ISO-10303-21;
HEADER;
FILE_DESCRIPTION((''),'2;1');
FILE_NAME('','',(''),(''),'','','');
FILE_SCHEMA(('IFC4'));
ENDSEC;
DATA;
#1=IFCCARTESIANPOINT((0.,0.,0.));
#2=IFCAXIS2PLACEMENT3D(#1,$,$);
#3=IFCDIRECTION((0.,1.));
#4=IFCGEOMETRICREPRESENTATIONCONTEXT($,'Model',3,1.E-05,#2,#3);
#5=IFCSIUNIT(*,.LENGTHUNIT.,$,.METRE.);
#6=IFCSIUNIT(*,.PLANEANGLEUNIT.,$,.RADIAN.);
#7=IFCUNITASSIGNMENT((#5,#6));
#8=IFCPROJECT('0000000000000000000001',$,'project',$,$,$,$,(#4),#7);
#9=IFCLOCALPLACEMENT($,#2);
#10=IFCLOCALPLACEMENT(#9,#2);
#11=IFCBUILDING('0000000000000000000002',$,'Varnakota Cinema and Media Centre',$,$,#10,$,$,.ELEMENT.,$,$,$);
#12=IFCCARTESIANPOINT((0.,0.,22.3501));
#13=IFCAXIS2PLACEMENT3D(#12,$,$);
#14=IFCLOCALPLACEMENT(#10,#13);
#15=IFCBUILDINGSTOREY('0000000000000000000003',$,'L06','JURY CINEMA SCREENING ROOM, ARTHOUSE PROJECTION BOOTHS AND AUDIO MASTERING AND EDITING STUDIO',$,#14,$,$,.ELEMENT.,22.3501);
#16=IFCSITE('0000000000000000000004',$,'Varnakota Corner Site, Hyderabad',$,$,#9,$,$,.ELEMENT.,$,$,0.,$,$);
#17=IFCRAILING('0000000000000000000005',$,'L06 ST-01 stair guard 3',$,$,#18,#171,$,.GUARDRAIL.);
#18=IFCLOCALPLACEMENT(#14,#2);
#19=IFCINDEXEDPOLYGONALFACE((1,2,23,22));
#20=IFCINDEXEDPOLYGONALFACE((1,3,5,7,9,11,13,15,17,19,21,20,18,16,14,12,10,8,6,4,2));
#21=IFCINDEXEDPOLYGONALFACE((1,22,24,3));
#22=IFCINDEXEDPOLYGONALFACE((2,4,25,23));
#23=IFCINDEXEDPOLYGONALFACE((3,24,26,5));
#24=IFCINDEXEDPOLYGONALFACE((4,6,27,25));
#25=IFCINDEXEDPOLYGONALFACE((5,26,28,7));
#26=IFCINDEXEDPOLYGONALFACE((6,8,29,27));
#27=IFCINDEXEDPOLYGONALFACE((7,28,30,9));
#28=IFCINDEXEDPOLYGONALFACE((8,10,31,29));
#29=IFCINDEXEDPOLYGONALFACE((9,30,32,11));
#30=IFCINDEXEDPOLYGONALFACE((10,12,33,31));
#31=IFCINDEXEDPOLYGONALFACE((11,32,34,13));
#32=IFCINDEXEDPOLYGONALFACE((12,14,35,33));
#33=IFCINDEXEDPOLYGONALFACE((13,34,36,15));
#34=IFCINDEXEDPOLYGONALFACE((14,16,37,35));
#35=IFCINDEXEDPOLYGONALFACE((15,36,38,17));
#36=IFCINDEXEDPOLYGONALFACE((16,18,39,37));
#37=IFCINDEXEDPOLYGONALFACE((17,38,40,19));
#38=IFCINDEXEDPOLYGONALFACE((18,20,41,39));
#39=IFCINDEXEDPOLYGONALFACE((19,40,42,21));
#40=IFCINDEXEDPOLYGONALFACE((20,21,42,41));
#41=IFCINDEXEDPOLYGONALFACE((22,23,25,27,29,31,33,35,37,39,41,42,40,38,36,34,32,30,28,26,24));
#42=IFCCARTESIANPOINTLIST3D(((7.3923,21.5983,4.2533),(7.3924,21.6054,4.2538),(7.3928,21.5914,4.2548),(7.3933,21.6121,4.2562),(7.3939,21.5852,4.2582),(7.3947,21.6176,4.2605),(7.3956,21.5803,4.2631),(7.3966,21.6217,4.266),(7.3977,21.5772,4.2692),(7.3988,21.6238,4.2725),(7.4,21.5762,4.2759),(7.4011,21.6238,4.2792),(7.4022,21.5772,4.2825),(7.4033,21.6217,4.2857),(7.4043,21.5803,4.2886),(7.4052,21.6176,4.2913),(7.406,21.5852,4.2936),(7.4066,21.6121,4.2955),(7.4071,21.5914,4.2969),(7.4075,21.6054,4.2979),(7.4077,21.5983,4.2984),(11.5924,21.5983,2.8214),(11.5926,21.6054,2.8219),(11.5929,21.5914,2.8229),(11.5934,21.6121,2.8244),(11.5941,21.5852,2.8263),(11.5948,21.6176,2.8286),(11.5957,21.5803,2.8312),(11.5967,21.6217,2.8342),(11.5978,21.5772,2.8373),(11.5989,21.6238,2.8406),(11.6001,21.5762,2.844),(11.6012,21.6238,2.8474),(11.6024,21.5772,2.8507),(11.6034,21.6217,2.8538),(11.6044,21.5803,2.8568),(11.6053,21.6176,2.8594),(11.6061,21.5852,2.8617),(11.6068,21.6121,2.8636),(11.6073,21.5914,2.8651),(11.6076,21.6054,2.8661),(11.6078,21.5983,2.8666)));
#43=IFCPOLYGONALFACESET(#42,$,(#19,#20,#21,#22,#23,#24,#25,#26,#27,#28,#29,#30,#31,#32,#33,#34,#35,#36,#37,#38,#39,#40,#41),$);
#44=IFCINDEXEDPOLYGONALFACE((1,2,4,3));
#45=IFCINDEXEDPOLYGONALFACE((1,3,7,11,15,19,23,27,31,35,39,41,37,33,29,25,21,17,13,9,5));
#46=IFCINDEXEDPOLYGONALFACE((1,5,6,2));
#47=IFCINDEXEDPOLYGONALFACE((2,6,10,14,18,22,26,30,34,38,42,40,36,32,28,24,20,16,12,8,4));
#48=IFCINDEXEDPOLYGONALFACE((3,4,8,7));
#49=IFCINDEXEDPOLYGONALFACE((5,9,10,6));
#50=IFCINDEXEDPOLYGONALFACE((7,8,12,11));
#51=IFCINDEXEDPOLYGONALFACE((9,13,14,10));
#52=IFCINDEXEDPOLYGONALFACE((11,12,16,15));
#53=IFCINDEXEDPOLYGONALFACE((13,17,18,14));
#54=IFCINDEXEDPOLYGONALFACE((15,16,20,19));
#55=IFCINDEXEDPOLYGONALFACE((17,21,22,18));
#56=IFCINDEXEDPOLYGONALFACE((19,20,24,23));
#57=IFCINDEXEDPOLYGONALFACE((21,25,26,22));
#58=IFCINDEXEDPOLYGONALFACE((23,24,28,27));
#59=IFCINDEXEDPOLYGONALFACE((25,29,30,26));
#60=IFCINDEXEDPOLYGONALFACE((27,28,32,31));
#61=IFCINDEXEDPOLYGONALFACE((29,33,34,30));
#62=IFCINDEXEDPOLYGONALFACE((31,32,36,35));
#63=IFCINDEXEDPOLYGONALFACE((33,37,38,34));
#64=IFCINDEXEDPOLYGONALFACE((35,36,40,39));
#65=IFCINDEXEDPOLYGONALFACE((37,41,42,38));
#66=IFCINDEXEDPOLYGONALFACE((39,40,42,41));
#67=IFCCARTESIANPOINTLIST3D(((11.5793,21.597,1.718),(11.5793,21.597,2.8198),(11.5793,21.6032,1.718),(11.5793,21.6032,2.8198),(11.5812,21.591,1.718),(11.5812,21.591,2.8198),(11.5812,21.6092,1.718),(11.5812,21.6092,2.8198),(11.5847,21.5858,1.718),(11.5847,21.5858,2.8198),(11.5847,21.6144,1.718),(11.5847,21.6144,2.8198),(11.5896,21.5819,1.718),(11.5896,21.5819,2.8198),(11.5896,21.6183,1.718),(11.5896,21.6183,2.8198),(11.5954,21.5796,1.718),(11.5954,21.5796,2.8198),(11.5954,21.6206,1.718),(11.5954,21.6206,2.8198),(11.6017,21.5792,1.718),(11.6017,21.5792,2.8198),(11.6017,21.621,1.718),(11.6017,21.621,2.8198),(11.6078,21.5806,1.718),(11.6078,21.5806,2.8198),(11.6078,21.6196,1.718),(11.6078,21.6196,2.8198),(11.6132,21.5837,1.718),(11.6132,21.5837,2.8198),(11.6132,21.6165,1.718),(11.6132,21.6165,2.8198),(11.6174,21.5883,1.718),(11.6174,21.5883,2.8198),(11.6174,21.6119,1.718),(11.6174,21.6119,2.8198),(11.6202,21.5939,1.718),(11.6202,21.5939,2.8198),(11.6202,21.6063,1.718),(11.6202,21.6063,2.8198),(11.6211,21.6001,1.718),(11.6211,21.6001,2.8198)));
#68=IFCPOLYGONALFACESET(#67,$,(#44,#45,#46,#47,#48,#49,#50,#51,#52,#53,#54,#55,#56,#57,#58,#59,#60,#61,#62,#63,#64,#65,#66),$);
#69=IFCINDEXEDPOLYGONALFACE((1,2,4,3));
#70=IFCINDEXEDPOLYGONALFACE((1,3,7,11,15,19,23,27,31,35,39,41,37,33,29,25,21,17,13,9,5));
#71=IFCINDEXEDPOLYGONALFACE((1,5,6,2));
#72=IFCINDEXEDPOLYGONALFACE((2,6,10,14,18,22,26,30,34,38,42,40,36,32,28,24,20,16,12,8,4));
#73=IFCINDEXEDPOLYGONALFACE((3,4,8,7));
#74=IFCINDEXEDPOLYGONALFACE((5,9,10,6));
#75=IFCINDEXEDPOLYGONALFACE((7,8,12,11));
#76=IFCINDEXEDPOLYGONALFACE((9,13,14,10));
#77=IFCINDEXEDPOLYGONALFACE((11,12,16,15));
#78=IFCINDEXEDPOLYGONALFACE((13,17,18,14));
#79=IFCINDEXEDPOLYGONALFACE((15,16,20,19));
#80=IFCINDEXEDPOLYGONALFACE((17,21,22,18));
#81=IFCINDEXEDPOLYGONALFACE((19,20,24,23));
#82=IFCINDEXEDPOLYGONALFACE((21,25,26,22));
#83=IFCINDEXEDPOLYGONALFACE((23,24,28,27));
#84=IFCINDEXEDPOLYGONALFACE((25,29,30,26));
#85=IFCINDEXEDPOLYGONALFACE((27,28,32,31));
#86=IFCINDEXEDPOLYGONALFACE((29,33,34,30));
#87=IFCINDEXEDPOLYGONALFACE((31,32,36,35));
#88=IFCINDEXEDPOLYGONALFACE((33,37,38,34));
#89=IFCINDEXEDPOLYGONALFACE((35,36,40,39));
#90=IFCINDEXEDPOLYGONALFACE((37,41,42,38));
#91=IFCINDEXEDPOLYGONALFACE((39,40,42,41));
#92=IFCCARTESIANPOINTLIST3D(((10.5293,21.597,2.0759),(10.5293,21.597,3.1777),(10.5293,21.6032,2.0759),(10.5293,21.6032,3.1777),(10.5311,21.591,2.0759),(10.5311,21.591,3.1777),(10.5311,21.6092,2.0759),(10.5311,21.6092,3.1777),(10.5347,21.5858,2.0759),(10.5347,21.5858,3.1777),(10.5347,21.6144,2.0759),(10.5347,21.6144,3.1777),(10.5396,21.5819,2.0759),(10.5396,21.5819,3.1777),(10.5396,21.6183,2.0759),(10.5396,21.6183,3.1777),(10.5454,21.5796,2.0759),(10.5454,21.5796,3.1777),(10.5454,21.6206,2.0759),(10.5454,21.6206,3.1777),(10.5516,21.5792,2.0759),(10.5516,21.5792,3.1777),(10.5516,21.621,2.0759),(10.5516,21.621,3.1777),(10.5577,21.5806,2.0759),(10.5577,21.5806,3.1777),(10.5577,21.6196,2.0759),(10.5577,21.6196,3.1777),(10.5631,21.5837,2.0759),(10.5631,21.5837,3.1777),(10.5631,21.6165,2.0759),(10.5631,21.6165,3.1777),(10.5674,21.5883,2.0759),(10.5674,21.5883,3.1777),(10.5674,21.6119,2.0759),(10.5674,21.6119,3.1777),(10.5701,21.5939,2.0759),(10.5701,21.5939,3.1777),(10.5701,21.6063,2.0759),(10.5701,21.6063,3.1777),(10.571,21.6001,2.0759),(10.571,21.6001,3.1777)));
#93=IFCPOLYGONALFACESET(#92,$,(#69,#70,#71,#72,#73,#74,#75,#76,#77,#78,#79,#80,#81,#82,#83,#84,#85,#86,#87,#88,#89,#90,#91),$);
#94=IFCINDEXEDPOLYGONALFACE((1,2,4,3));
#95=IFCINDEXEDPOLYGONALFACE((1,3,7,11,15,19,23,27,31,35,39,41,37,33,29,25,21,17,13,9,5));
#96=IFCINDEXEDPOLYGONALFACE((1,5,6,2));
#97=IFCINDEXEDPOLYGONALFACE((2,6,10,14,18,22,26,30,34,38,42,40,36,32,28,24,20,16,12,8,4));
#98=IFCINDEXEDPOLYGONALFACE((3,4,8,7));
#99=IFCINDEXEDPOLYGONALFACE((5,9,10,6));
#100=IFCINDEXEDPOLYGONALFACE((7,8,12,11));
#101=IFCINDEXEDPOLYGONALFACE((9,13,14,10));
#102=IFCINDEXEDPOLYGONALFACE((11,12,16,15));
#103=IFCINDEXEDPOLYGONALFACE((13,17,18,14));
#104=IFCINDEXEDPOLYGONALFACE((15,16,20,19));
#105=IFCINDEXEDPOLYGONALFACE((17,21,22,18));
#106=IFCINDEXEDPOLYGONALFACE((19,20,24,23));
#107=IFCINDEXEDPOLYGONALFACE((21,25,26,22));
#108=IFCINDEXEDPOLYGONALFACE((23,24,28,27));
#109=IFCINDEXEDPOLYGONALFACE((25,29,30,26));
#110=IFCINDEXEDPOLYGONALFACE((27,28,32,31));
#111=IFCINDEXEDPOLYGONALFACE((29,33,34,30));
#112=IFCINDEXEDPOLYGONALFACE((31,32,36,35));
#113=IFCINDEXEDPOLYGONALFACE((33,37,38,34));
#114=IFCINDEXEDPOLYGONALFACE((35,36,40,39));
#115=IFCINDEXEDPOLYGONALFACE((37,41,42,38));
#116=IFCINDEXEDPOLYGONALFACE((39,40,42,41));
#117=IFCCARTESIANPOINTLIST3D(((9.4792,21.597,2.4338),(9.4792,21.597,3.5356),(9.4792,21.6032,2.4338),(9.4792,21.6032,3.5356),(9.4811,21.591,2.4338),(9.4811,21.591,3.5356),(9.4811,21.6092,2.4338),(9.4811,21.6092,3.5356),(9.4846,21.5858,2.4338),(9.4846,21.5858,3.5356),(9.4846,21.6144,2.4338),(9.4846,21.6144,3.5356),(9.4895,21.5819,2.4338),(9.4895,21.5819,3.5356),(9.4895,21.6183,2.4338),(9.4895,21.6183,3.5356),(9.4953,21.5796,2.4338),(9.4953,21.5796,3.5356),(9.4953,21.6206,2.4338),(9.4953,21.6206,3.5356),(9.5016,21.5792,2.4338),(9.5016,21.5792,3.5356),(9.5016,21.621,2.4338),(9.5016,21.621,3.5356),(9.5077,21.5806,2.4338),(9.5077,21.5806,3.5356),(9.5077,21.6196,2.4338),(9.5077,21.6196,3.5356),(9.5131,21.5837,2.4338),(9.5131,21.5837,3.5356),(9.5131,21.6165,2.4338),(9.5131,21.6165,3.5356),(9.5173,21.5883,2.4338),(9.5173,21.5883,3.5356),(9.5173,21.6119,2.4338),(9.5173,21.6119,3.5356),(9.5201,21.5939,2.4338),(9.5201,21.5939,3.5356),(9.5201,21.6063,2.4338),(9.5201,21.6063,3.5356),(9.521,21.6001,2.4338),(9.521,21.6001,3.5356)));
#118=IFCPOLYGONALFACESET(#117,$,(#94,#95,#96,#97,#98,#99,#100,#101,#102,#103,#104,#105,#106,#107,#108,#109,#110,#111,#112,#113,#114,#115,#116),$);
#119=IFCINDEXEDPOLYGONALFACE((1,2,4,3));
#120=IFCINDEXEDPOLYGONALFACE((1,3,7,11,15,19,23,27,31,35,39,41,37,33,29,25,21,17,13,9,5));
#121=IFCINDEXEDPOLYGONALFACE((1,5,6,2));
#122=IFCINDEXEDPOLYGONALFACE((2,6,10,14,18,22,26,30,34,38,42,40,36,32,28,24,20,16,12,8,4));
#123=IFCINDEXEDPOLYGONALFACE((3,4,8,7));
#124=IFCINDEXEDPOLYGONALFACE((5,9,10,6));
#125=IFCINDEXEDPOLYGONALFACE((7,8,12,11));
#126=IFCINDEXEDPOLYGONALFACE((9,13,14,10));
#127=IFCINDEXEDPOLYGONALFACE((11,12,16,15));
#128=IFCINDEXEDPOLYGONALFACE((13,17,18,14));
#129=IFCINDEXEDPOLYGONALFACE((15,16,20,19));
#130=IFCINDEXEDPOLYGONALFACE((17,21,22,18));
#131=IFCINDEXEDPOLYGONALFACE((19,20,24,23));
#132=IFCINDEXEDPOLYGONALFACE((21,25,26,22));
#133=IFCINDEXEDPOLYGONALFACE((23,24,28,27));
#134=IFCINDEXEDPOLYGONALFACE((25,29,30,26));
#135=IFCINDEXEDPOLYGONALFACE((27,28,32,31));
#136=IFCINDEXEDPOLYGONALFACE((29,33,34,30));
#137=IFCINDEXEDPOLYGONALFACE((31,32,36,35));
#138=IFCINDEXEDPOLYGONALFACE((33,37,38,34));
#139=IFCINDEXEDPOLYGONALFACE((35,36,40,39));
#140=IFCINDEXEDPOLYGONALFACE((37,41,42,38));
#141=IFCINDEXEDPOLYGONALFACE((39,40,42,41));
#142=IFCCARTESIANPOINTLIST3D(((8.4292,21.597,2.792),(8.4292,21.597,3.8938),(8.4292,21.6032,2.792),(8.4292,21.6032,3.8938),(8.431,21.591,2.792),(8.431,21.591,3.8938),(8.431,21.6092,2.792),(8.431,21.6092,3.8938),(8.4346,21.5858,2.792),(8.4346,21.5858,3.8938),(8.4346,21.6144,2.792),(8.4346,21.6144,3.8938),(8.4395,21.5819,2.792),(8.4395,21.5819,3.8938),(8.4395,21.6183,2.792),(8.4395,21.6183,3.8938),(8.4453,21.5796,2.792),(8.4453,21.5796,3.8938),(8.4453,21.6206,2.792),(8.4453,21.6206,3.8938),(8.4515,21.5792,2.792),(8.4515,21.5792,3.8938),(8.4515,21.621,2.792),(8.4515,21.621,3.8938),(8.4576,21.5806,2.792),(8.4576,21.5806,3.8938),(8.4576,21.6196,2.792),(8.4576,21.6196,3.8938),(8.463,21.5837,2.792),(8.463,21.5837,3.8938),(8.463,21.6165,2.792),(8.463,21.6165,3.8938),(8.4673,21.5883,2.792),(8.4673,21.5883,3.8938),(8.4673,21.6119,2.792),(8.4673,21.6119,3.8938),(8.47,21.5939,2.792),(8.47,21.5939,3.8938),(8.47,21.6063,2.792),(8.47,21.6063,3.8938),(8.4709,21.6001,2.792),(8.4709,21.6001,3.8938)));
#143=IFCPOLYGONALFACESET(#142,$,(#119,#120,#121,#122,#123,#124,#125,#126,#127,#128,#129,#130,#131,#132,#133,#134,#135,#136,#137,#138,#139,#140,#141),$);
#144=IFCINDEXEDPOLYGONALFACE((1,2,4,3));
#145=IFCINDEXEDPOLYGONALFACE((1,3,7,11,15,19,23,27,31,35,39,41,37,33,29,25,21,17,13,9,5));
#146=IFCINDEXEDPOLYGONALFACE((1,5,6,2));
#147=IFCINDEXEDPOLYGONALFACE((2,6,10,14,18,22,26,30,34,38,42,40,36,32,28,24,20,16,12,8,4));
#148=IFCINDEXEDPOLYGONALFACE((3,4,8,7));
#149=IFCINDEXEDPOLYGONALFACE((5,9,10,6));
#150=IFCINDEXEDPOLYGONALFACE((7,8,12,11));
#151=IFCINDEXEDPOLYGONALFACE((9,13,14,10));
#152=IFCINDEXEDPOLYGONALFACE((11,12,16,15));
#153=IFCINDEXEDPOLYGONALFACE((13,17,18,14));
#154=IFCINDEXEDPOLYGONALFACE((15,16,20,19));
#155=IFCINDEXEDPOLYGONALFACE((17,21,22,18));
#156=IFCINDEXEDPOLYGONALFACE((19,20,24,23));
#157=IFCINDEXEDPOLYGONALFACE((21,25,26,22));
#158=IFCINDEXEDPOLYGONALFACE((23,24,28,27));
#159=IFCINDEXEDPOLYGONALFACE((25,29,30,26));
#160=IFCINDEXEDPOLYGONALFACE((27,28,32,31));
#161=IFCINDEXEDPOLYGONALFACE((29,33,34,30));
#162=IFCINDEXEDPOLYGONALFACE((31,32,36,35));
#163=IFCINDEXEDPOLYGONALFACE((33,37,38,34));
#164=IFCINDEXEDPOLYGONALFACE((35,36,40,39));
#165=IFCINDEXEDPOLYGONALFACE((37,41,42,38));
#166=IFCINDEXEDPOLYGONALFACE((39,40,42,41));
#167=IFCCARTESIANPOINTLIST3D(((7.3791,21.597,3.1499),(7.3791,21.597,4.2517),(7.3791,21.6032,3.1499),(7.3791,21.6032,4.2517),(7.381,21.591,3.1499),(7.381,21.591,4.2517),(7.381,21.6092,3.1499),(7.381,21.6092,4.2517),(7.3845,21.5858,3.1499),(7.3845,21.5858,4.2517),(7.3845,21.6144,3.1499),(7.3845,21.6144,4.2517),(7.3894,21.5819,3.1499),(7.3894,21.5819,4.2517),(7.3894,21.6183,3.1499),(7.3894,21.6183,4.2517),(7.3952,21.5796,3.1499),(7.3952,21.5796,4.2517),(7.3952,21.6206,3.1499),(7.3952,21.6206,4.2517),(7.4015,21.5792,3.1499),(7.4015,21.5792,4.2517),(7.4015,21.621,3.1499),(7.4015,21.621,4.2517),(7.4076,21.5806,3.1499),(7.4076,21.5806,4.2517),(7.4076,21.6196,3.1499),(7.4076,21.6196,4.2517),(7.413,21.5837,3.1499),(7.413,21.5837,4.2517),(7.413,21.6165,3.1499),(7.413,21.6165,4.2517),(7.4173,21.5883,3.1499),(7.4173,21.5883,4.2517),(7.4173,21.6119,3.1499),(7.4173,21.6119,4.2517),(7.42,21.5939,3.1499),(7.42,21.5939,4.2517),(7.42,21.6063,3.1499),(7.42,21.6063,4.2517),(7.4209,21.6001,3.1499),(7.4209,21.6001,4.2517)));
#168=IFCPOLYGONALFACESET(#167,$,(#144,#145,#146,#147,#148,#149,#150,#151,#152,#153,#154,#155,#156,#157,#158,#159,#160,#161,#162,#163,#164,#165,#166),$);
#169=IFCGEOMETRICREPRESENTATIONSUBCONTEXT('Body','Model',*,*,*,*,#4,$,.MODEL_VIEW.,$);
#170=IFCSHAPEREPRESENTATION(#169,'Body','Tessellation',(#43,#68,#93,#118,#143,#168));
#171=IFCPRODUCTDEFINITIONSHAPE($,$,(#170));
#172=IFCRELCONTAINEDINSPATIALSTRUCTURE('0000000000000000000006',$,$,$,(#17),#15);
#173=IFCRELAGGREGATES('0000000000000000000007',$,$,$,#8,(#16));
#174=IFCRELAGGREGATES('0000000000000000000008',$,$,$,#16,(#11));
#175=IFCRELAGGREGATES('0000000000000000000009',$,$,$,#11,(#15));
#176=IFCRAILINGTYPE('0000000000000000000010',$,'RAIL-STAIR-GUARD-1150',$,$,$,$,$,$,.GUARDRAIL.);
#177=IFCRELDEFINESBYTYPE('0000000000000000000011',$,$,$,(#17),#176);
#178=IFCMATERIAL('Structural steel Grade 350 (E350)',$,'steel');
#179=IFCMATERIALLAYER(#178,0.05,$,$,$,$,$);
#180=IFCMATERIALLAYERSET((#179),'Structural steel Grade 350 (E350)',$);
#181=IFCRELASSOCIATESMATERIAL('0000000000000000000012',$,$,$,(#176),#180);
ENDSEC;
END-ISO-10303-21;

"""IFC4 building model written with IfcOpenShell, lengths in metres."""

from ifc_helpers import new_model, si_unit, direction, frame, origin, origin_2d, place, context, subcontext, project, spatial, circle, extrude, material, layer, layer_set, type_object, element, save


model = new_model("IFC4")

# Units and contexts
model_context = context("Model", 3, precision=1e-05, world=origin(), true_north=direction((0.0, 1.0)))
body_context = subcontext(model_context, "Body", "Model", "MODEL_VIEW")
ifc_project = project(units=[si_unit("LENGTHUNIT", "METRE"), si_unit("PLANEANGLEUNIT", "RADIAN")], contexts=[model_context])

# Site, building, storey
site_placement = place(None, origin())
site = spatial("IfcSite", under=ifc_project, at=site_placement, Name="Varnakota Corner Site, Hyderabad", CompositionType="ELEMENT", RefElevation=0.0)
building_placement = place(site_placement, origin())
building = spatial("IfcBuilding", under=site, at=building_placement, Name="Varnakota Cinema and Media Centre", CompositionType="ELEMENT")
storey_placement = place(building_placement, frame((0.0, 0.0, 22.3501)))
storey = spatial("IfcBuildingStorey", under=building, at=storey_placement, Name="L06", Description="JURY CINEMA SCREENING ROOM, ARTHOUSE PROJECTION BOOTHS AND AUDIO MASTERING AND EDITING STUDIO", CompositionType="ELEMENT", Elevation=22.3501)

# Railing
ifc_material_1 = material(Name="Structural steel Grade 350 (E350)", Category="steel")
ifc_layer_1 = layer(ifc_material_1, 0.05)
ifc_layer_set_1 = layer_set([ifc_layer_1], Name="Structural steel Grade 350 (E350)")
railing_type_1 = type_object("IfcRailingType", Name="RAIL-STAIR-GUARD-1150", PredefinedType="GUARDRAIL", material=ifc_layer_set_1)
railing_1_placement = place(storey_placement, frame((11.6001, 21.6001, 1.718)))
element("IfcRailing", 1, at=railing_1_placement, inside=storey, type_object=railing_type_1, Name="L06 ST-01 stair guard 3", PredefinedType="GUARDRAIL", context=body_context, shape_type="SweptSolid", body=[
    extrude(circle(Radius=0.0239, at=origin_2d()), frame((0.0, 0.0, 1.126), z_axis=(-0.94651, 0.0, 0.322674), x_axis=(0.0, -1.0, 0.0)), (0.0, 0.0, 1.0), 4.4375),
    extrude(circle(Radius=0.021, at=origin_2d()), origin(), (0.0, 0.0, 1.0), 1.1018),
    extrude(circle(Radius=0.021, at=origin_2d()), frame((-1.05, 0.0, 0.3579)), (0.0, 0.0, 1.0), 1.1018),
    extrude(circle(Radius=0.021, at=origin_2d()), frame((-2.1001, 0.0, 0.7158)), (0.0, 0.0, 1.0), 1.1018),
    extrude(circle(Radius=0.021, at=origin_2d()), frame((-3.1501, 0.0, 1.074)), (0.0, 0.0, 1.0), 1.1018),
    extrude(circle(Radius=0.021, at=origin_2d()), frame((-4.2002, 0.0, 1.4319)), (0.0, 0.0, 1.0), 1.1018),
])

save(model, "model.ifc")
